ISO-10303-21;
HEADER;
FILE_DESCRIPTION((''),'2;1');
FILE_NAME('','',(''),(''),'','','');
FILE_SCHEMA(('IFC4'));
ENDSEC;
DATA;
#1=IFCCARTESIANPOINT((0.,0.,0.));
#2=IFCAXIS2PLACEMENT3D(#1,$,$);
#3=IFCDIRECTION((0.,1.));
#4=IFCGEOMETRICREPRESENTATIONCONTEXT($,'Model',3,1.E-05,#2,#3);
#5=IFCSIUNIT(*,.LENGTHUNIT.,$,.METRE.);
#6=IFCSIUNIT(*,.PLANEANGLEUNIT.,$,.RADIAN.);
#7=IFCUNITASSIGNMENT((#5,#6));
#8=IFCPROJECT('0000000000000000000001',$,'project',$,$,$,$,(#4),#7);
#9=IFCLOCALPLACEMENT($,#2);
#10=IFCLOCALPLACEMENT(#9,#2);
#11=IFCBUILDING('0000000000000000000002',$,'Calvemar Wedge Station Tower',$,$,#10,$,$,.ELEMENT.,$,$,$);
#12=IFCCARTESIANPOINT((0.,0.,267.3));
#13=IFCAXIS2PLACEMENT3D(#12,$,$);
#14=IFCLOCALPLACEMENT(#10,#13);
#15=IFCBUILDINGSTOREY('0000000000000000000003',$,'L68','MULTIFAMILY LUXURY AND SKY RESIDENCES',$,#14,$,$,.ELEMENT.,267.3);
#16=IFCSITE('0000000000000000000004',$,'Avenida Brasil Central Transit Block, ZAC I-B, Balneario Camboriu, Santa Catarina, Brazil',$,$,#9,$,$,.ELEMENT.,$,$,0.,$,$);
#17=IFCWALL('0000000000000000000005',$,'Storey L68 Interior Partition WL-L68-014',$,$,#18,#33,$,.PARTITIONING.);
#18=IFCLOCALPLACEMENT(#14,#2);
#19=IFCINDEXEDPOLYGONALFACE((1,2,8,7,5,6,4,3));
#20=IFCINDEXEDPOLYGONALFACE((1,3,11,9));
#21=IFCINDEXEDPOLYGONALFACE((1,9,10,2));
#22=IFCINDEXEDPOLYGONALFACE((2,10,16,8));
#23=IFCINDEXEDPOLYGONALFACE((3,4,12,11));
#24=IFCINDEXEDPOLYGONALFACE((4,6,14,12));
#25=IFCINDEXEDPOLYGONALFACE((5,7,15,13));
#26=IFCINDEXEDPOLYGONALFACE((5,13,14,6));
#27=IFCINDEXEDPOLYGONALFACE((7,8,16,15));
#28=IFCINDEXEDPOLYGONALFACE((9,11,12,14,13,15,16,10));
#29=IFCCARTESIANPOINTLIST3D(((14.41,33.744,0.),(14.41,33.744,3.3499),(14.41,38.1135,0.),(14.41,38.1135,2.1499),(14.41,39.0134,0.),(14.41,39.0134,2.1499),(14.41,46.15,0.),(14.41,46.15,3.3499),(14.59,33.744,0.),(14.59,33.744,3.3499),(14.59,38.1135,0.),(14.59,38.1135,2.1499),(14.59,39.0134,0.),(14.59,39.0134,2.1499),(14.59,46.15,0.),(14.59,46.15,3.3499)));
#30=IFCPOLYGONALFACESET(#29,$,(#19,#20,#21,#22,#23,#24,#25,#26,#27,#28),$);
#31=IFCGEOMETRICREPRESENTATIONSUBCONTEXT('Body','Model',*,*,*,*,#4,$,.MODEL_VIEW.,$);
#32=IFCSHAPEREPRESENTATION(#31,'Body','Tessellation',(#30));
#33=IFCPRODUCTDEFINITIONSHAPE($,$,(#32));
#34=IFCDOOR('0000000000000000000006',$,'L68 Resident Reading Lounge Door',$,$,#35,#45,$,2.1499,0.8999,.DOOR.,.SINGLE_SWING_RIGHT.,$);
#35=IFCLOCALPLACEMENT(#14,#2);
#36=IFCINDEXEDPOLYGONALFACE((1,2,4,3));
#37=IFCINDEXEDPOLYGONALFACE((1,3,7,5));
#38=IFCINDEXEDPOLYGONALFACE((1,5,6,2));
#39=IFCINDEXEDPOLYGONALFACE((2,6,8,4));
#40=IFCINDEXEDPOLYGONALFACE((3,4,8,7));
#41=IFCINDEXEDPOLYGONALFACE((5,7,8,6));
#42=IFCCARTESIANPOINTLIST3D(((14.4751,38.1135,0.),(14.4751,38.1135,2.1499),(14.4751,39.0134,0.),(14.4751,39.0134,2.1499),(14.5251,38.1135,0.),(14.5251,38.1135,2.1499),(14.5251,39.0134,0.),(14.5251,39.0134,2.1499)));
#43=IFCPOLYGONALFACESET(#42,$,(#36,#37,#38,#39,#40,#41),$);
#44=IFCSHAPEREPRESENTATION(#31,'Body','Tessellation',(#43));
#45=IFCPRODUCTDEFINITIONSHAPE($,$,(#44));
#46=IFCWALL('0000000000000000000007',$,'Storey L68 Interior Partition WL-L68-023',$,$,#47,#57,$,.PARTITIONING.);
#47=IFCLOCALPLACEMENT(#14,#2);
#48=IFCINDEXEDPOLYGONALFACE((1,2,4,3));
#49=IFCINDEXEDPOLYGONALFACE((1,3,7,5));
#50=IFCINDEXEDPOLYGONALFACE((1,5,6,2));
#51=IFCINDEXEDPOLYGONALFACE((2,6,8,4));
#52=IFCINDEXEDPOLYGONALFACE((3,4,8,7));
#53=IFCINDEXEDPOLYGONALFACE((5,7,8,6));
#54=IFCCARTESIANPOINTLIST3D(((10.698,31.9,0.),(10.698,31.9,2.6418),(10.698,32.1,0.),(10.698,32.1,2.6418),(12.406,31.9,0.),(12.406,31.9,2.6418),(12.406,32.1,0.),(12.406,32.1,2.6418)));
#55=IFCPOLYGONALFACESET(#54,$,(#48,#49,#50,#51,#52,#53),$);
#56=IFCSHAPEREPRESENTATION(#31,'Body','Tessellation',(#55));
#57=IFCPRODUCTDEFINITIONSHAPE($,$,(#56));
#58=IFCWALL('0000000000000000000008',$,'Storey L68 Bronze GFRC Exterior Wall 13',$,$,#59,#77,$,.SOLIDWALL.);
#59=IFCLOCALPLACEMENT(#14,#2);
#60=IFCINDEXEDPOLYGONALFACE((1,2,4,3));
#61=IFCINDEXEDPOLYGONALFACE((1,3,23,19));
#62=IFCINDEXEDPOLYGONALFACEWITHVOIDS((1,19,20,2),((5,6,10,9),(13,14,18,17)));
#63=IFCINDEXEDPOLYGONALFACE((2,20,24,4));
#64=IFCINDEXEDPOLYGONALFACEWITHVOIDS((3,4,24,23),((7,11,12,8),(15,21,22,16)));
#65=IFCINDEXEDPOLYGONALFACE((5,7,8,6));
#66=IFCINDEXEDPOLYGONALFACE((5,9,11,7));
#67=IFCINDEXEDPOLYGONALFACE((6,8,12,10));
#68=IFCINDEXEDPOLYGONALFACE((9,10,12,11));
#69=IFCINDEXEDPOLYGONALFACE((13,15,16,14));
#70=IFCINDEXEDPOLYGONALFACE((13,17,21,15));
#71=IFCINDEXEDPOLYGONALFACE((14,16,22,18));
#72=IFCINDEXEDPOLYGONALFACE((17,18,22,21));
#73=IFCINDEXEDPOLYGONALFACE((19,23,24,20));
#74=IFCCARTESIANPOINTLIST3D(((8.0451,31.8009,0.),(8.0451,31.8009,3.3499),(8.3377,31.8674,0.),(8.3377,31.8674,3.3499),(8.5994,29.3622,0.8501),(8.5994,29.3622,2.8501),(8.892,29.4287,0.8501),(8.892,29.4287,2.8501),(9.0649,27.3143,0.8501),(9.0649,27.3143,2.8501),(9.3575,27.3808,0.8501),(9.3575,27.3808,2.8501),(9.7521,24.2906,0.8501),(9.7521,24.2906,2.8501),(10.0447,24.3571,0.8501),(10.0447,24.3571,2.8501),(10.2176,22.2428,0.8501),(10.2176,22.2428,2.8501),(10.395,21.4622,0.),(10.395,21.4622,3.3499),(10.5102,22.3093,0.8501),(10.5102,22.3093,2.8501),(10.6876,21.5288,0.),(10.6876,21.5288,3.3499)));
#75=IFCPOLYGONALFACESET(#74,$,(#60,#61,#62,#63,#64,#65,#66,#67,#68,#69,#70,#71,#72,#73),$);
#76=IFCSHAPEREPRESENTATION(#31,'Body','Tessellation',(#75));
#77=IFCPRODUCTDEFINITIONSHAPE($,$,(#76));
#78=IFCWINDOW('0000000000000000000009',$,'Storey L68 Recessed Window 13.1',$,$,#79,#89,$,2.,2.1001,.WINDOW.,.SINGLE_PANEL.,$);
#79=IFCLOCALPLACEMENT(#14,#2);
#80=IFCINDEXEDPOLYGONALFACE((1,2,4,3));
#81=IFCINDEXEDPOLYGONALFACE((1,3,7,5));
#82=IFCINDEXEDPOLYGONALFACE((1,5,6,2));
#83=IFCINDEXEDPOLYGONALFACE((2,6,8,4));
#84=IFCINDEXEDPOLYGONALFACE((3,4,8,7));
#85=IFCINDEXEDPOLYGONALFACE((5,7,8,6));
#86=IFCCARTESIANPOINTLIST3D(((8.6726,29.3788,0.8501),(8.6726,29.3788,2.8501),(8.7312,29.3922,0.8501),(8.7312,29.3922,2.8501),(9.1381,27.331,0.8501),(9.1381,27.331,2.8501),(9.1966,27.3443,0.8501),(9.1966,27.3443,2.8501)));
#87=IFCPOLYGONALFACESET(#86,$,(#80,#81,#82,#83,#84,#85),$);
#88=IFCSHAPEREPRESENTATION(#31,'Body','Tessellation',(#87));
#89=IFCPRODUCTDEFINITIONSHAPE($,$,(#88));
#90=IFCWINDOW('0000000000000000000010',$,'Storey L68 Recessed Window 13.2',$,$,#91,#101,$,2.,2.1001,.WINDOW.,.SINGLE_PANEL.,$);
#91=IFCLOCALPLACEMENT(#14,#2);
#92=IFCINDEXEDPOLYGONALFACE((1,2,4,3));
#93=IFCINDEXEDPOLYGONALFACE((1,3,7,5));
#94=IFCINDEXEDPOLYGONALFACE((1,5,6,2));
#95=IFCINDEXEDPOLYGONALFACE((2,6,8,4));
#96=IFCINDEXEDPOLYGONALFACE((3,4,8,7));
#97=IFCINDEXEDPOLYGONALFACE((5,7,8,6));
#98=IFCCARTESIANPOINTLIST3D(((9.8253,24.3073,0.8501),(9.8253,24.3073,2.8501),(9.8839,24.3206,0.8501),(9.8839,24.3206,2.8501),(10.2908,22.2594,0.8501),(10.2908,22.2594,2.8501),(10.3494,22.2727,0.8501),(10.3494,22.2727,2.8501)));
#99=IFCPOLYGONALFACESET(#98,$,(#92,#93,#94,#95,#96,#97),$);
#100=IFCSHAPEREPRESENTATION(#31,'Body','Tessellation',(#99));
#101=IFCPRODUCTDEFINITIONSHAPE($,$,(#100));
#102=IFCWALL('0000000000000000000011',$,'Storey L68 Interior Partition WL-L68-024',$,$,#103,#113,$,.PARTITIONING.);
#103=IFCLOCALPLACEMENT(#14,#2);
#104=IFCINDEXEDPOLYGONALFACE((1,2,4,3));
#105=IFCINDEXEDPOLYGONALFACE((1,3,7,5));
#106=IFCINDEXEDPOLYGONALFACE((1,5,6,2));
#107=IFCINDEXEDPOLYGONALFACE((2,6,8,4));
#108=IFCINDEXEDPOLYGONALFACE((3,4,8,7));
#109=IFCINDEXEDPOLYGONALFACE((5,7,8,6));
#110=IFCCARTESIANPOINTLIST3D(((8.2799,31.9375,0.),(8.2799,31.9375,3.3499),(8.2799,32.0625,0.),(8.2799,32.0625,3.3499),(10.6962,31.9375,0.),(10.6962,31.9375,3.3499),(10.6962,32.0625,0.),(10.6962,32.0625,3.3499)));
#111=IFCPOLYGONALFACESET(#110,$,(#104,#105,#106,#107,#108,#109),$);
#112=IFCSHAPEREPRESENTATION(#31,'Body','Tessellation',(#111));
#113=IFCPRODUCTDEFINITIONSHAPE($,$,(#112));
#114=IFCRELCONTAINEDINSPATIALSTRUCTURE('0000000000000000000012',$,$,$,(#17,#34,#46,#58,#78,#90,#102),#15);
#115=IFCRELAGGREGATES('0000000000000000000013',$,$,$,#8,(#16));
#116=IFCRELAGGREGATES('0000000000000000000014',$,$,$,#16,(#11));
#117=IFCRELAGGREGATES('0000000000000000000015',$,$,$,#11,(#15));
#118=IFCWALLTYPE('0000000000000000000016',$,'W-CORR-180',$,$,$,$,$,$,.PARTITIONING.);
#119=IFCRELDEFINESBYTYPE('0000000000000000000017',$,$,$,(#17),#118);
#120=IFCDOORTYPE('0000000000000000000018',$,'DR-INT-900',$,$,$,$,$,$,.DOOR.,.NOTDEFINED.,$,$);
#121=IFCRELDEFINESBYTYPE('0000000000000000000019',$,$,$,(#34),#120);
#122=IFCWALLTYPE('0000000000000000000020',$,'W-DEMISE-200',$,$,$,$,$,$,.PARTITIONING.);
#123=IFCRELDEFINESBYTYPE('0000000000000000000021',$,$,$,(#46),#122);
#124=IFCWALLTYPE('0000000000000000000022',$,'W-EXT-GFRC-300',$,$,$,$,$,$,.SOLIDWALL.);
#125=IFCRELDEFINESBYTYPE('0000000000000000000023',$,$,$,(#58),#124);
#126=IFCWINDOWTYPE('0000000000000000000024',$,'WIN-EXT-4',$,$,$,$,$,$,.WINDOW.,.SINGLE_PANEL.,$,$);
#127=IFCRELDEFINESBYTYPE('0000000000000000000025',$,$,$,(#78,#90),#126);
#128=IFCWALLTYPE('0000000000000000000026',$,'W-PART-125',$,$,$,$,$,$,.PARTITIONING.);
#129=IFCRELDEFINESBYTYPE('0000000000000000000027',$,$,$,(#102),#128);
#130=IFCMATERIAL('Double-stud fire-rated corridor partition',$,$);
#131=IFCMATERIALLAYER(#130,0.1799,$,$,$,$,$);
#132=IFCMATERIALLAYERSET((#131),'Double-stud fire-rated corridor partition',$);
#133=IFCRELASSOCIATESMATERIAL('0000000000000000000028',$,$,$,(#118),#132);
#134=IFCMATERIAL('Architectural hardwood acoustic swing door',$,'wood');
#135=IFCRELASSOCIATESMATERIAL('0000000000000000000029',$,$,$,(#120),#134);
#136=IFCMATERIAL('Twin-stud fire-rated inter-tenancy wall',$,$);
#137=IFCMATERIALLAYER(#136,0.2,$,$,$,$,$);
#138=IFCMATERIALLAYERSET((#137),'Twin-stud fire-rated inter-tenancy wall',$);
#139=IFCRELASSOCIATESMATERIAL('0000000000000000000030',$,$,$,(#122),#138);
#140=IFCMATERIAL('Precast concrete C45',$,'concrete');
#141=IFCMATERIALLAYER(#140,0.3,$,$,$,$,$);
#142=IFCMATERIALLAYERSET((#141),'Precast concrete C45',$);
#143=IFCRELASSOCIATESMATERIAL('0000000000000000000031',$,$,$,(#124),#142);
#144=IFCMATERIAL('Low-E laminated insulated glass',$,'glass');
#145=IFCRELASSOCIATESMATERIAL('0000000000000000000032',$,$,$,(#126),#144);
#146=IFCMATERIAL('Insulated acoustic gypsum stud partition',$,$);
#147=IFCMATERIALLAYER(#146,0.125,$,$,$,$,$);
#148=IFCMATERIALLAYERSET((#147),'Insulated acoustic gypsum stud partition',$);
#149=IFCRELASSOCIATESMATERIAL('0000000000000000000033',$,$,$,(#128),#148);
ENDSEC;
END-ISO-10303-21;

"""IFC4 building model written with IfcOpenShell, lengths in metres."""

from ifc_helpers import new_model, si_unit, direction, frame, frame_2d, origin, place, context, subcontext, project, spatial, rectangle, extrude, source, transform, mapped, material, layer, layer_set, type_object, element, fill, save


model = new_model("IFC4")

# Units and contexts
model_context = context("Model", 3, precision=1e-05, world=origin(), true_north=direction((0.0, 1.0)))
body_context = subcontext(model_context, "Body", "Model", "MODEL_VIEW")
ifc_project = project(units=[si_unit("LENGTHUNIT", "METRE"), si_unit("PLANEANGLEUNIT", "RADIAN")], contexts=[model_context])

# Site, building, storey
site_placement = place(None, origin())
site = spatial("IfcSite", under=ifc_project, at=site_placement, Name="Avenida Brasil Central Transit Block, ZAC I-B, Balneario Camboriu, Santa Catarina, Brazil", CompositionType="ELEMENT", RefElevation=0.0)
building_placement = place(site_placement, origin())
building = spatial("IfcBuilding", under=site, at=building_placement, Name="Calvemar Wedge Station Tower", CompositionType="ELEMENT")
storey_placement = place(building_placement, frame((0.0, 0.0, 267.3)))
storey = spatial("IfcBuildingStorey", under=building, at=storey_placement, Name="L68", Description="MULTIFAMILY LUXURY AND SKY RESIDENCES", CompositionType="ELEMENT", Elevation=267.3)

# Shared definitions
ifc_material_1 = material(Name="Double-stud fire-rated corridor partition")
ifc_layer_1 = layer(ifc_material_1, 0.1799)
ifc_layer_set_1 = layer_set([ifc_layer_1], Name="Double-stud fire-rated corridor partition")
wall_type_1 = type_object("IfcWallType", Name="W-CORR-180", PredefinedType="PARTITIONING", material=ifc_layer_set_1)

# Wall, opening, door
wall_1_placement = place(storey_placement, frame((14.5, 33.7439, 0.0), z_axis=(0.0, 0.0, 1.0), x_axis=(0.0, 1.0, 0.0)))
wall_1 = element("IfcWall", 1, at=wall_1_placement, inside=storey, type_object=wall_type_1, Name="Storey L68 Interior Partition WL-L68-014", PredefinedType="PARTITIONING", context=body_context, shape_type="SweptSolid", body=[
    extrude(rectangle(XDim=12.406, YDim=0.1799, at=frame_2d((6.2031, 0.0))), origin(), (0.0, 0.0, 1.0), 3.3499),
])
shared_shape_1 = source(origin(), body_context, "Body", "SweptSolid", [
    extrude(rectangle(XDim=0.8999, YDim=2.1499, at=frame_2d((0.45, 1.075))), frame((0.0, 0.1001, 0.0), z_axis=(0.0, -1.0, 0.0), x_axis=(1.0, 0.0, 0.0)), (0.0, 0.0, 1.0), 0.2),
])
opening_1_placement = place(wall_1_placement, frame((4.3696, 0.0, 0.0)))
opening_1 = element("IfcOpeningElement", 2, at=opening_1_placement, cuts=wall_1, PredefinedType="OPENING", context=body_context, shape_type="MappedRepresentation", body=[
    mapped(shared_shape_1, transform((0.0, 0.0, 0.0), scale=1.0)),
])
ifc_material_2 = material(Name="Architectural hardwood acoustic swing door", Category="wood")
door_type_1 = type_object("IfcDoorType", Name="DR-INT-900", OperationType="NOTDEFINED", PredefinedType="DOOR", material=ifc_material_2)
shared_shape_2 = source(origin(), body_context, "Body", "SweptSolid", [
    extrude(rectangle(XDim=0.8999, YDim=2.1499, at=frame_2d((0.45, 1.075))), frame((0.0, 0.0249, 0.0), z_axis=(0.0, -1.0, 0.0), x_axis=(1.0, 0.0, 0.0)), (0.0, 0.0, 1.0), 0.05),
])
door_1_placement = place(opening_1_placement, origin())
door_1 = element("IfcDoor", 3, at=door_1_placement, inside=storey, type_object=door_type_1, Name="L68 Resident Reading Lounge Door", OperationType="SINGLE_SWING_RIGHT", OverallHeight=2.1499, OverallWidth=0.8999, PredefinedType="DOOR", context=body_context, shape_type="MappedRepresentation", body=[
    mapped(shared_shape_2, transform((0.0, 0.0, 0.0), scale=1.0)),
])
fill(opening_1, door_1)

# Wall
ifc_material_3 = material(Name="Twin-stud fire-rated inter-tenancy wall")
ifc_layer_2 = layer(ifc_material_3, 0.2)
ifc_layer_set_2 = layer_set([ifc_layer_2], Name="Twin-stud fire-rated inter-tenancy wall")
wall_type_2 = type_object("IfcWallType", Name="W-DEMISE-200", PredefinedType="PARTITIONING", material=ifc_layer_set_2)
wall_2_placement = place(storey_placement, frame((12.406, 32.0, 0.0), z_axis=(0.0, 0.0, 1.0), x_axis=(-1.0, 0.0, 0.0)))
element("IfcWall", 4, at=wall_2_placement, inside=storey, type_object=wall_type_2, Name="Storey L68 Interior Partition WL-L68-023", PredefinedType="PARTITIONING", context=body_context, shape_type="SweptSolid", body=[
    extrude(rectangle(XDim=1.708, YDim=0.2, at=frame_2d((0.854, 0.0))), origin(), (0.0, 0.0, 1.0), 2.6418),
])

# Wall, openings, windows
ifc_material_4 = material(Name="Precast concrete C45", Category="concrete")
ifc_layer_3 = layer(ifc_material_4, 0.3)
ifc_layer_set_3 = layer_set([ifc_layer_3], Name="Precast concrete C45")
wall_type_3 = type_object("IfcWallType", Name="W-EXT-GFRC-300", PredefinedType="SOLIDWALL", material=ifc_layer_set_3)
wall_3_placement = place(storey_placement, frame((8.1914, 31.8342, 0.0), z_axis=(0.0, 0.0, 1.0), x_axis=(0.221636, -0.975129, 0.0)))
wall_3 = element("IfcWall", 5, at=wall_3_placement, inside=storey, type_object=wall_type_3, Name="Storey L68 Bronze GFRC Exterior Wall 13", PredefinedType="SOLIDWALL", context=body_context, shape_type="SweptSolid", body=[
    extrude(rectangle(XDim=10.6023, YDim=0.3, at=frame_2d((5.3013, 0.0))), origin(), (0.0, 0.0, 1.0), 3.3499),
])
shared_shape_3 = source(origin(), body_context, "Body", "SweptSolid", [
    extrude(rectangle(XDim=2.1001, YDim=2.0, at=frame_2d((1.05, 1.0))), frame((0.0, 0.1602, 0.0), z_axis=(0.0, -1.0, 0.0), x_axis=(1.0, 0.0, 0.0)), (0.0, 0.0, 1.0), 0.3201),
])
opening_2_placement = place(wall_3_placement, frame((2.501, 0.0, 0.8501)))
opening_2 = element("IfcOpeningElement", 6, at=opening_2_placement, cuts=wall_3, PredefinedType="OPENING", context=body_context, shape_type="MappedRepresentation", body=[
    mapped(shared_shape_3, transform((0.0, 0.0, 0.0), scale=1.0)),
])
opening_3_placement = place(wall_3_placement, frame((7.7019, 0.0, 0.8501)))
opening_3 = element("IfcOpeningElement", 7, at=opening_3_placement, cuts=wall_3, PredefinedType="OPENING", context=body_context, shape_type="MappedRepresentation", body=[
    mapped(shared_shape_3, transform((0.0, 0.0, 0.0), scale=1.0)),
])
ifc_material_5 = material(Name="Low-E laminated insulated glass", Category="glass")
window_type = type_object("IfcWindowType", Name="WIN-EXT-4", PartitioningType="SINGLE_PANEL", PredefinedType="WINDOW", material=ifc_material_5)
shared_shape_4 = source(origin(), body_context, "Body", "SweptSolid", [
    extrude(rectangle(XDim=2.1001, YDim=2.0, at=frame_2d((1.05, 1.0))), frame((0.0, -0.0149, 0.0), z_axis=(0.0, -1.0, 0.0), x_axis=(1.0, 0.0, 0.0)), (0.0, 0.0, 1.0), 0.0601),
])
window_1_placement = place(opening_2_placement, origin())
window_1 = element("IfcWindow", 8, at=window_1_placement, inside=storey, type_object=window_type, Name="Storey L68 Recessed Window 13.1", OverallHeight=2.0, OverallWidth=2.1001, PartitioningType="SINGLE_PANEL", PredefinedType="WINDOW", context=body_context, shape_type="MappedRepresentation", body=[
    mapped(shared_shape_4, transform((0.0, 0.0, 0.0), scale=1.0)),
])
fill(opening_2, window_1)
window_2_placement = place(opening_3_placement, origin())
window_2 = element("IfcWindow", 9, at=window_2_placement, inside=storey, type_object=window_type, Name="Storey L68 Recessed Window 13.2", OverallHeight=2.0, OverallWidth=2.1001, PartitioningType="SINGLE_PANEL", PredefinedType="WINDOW", context=body_context, shape_type="MappedRepresentation", body=[
    mapped(shared_shape_4, transform((0.0, 0.0, 0.0), scale=1.0)),
])
fill(opening_3, window_2)

# Wall
ifc_material_6 = material(Name="Insulated acoustic gypsum stud partition")
ifc_layer_4 = layer(ifc_material_6, 0.125)
ifc_layer_set_4 = layer_set([ifc_layer_4], Name="Insulated acoustic gypsum stud partition")
wall_type_4 = type_object("IfcWallType", Name="W-PART-125", PredefinedType="PARTITIONING", material=ifc_layer_set_4)
wall_4_placement = place(storey_placement, frame((10.696, 32.0, 0.0), z_axis=(0.0, 0.0, 1.0), x_axis=(-1.0, 0.0, 0.0)))
element("IfcWall", 10, at=wall_4_placement, inside=storey, type_object=wall_type_4, Name="Storey L68 Interior Partition WL-L68-024", PredefinedType="PARTITIONING", context=body_context, shape_type="SweptSolid", body=[
    extrude(rectangle(XDim=2.4163, YDim=0.125, at=frame_2d((1.208, 0.0))), origin(), (0.0, 0.0, 1.0), 3.3499),
])

save(model, "model.ifc")
